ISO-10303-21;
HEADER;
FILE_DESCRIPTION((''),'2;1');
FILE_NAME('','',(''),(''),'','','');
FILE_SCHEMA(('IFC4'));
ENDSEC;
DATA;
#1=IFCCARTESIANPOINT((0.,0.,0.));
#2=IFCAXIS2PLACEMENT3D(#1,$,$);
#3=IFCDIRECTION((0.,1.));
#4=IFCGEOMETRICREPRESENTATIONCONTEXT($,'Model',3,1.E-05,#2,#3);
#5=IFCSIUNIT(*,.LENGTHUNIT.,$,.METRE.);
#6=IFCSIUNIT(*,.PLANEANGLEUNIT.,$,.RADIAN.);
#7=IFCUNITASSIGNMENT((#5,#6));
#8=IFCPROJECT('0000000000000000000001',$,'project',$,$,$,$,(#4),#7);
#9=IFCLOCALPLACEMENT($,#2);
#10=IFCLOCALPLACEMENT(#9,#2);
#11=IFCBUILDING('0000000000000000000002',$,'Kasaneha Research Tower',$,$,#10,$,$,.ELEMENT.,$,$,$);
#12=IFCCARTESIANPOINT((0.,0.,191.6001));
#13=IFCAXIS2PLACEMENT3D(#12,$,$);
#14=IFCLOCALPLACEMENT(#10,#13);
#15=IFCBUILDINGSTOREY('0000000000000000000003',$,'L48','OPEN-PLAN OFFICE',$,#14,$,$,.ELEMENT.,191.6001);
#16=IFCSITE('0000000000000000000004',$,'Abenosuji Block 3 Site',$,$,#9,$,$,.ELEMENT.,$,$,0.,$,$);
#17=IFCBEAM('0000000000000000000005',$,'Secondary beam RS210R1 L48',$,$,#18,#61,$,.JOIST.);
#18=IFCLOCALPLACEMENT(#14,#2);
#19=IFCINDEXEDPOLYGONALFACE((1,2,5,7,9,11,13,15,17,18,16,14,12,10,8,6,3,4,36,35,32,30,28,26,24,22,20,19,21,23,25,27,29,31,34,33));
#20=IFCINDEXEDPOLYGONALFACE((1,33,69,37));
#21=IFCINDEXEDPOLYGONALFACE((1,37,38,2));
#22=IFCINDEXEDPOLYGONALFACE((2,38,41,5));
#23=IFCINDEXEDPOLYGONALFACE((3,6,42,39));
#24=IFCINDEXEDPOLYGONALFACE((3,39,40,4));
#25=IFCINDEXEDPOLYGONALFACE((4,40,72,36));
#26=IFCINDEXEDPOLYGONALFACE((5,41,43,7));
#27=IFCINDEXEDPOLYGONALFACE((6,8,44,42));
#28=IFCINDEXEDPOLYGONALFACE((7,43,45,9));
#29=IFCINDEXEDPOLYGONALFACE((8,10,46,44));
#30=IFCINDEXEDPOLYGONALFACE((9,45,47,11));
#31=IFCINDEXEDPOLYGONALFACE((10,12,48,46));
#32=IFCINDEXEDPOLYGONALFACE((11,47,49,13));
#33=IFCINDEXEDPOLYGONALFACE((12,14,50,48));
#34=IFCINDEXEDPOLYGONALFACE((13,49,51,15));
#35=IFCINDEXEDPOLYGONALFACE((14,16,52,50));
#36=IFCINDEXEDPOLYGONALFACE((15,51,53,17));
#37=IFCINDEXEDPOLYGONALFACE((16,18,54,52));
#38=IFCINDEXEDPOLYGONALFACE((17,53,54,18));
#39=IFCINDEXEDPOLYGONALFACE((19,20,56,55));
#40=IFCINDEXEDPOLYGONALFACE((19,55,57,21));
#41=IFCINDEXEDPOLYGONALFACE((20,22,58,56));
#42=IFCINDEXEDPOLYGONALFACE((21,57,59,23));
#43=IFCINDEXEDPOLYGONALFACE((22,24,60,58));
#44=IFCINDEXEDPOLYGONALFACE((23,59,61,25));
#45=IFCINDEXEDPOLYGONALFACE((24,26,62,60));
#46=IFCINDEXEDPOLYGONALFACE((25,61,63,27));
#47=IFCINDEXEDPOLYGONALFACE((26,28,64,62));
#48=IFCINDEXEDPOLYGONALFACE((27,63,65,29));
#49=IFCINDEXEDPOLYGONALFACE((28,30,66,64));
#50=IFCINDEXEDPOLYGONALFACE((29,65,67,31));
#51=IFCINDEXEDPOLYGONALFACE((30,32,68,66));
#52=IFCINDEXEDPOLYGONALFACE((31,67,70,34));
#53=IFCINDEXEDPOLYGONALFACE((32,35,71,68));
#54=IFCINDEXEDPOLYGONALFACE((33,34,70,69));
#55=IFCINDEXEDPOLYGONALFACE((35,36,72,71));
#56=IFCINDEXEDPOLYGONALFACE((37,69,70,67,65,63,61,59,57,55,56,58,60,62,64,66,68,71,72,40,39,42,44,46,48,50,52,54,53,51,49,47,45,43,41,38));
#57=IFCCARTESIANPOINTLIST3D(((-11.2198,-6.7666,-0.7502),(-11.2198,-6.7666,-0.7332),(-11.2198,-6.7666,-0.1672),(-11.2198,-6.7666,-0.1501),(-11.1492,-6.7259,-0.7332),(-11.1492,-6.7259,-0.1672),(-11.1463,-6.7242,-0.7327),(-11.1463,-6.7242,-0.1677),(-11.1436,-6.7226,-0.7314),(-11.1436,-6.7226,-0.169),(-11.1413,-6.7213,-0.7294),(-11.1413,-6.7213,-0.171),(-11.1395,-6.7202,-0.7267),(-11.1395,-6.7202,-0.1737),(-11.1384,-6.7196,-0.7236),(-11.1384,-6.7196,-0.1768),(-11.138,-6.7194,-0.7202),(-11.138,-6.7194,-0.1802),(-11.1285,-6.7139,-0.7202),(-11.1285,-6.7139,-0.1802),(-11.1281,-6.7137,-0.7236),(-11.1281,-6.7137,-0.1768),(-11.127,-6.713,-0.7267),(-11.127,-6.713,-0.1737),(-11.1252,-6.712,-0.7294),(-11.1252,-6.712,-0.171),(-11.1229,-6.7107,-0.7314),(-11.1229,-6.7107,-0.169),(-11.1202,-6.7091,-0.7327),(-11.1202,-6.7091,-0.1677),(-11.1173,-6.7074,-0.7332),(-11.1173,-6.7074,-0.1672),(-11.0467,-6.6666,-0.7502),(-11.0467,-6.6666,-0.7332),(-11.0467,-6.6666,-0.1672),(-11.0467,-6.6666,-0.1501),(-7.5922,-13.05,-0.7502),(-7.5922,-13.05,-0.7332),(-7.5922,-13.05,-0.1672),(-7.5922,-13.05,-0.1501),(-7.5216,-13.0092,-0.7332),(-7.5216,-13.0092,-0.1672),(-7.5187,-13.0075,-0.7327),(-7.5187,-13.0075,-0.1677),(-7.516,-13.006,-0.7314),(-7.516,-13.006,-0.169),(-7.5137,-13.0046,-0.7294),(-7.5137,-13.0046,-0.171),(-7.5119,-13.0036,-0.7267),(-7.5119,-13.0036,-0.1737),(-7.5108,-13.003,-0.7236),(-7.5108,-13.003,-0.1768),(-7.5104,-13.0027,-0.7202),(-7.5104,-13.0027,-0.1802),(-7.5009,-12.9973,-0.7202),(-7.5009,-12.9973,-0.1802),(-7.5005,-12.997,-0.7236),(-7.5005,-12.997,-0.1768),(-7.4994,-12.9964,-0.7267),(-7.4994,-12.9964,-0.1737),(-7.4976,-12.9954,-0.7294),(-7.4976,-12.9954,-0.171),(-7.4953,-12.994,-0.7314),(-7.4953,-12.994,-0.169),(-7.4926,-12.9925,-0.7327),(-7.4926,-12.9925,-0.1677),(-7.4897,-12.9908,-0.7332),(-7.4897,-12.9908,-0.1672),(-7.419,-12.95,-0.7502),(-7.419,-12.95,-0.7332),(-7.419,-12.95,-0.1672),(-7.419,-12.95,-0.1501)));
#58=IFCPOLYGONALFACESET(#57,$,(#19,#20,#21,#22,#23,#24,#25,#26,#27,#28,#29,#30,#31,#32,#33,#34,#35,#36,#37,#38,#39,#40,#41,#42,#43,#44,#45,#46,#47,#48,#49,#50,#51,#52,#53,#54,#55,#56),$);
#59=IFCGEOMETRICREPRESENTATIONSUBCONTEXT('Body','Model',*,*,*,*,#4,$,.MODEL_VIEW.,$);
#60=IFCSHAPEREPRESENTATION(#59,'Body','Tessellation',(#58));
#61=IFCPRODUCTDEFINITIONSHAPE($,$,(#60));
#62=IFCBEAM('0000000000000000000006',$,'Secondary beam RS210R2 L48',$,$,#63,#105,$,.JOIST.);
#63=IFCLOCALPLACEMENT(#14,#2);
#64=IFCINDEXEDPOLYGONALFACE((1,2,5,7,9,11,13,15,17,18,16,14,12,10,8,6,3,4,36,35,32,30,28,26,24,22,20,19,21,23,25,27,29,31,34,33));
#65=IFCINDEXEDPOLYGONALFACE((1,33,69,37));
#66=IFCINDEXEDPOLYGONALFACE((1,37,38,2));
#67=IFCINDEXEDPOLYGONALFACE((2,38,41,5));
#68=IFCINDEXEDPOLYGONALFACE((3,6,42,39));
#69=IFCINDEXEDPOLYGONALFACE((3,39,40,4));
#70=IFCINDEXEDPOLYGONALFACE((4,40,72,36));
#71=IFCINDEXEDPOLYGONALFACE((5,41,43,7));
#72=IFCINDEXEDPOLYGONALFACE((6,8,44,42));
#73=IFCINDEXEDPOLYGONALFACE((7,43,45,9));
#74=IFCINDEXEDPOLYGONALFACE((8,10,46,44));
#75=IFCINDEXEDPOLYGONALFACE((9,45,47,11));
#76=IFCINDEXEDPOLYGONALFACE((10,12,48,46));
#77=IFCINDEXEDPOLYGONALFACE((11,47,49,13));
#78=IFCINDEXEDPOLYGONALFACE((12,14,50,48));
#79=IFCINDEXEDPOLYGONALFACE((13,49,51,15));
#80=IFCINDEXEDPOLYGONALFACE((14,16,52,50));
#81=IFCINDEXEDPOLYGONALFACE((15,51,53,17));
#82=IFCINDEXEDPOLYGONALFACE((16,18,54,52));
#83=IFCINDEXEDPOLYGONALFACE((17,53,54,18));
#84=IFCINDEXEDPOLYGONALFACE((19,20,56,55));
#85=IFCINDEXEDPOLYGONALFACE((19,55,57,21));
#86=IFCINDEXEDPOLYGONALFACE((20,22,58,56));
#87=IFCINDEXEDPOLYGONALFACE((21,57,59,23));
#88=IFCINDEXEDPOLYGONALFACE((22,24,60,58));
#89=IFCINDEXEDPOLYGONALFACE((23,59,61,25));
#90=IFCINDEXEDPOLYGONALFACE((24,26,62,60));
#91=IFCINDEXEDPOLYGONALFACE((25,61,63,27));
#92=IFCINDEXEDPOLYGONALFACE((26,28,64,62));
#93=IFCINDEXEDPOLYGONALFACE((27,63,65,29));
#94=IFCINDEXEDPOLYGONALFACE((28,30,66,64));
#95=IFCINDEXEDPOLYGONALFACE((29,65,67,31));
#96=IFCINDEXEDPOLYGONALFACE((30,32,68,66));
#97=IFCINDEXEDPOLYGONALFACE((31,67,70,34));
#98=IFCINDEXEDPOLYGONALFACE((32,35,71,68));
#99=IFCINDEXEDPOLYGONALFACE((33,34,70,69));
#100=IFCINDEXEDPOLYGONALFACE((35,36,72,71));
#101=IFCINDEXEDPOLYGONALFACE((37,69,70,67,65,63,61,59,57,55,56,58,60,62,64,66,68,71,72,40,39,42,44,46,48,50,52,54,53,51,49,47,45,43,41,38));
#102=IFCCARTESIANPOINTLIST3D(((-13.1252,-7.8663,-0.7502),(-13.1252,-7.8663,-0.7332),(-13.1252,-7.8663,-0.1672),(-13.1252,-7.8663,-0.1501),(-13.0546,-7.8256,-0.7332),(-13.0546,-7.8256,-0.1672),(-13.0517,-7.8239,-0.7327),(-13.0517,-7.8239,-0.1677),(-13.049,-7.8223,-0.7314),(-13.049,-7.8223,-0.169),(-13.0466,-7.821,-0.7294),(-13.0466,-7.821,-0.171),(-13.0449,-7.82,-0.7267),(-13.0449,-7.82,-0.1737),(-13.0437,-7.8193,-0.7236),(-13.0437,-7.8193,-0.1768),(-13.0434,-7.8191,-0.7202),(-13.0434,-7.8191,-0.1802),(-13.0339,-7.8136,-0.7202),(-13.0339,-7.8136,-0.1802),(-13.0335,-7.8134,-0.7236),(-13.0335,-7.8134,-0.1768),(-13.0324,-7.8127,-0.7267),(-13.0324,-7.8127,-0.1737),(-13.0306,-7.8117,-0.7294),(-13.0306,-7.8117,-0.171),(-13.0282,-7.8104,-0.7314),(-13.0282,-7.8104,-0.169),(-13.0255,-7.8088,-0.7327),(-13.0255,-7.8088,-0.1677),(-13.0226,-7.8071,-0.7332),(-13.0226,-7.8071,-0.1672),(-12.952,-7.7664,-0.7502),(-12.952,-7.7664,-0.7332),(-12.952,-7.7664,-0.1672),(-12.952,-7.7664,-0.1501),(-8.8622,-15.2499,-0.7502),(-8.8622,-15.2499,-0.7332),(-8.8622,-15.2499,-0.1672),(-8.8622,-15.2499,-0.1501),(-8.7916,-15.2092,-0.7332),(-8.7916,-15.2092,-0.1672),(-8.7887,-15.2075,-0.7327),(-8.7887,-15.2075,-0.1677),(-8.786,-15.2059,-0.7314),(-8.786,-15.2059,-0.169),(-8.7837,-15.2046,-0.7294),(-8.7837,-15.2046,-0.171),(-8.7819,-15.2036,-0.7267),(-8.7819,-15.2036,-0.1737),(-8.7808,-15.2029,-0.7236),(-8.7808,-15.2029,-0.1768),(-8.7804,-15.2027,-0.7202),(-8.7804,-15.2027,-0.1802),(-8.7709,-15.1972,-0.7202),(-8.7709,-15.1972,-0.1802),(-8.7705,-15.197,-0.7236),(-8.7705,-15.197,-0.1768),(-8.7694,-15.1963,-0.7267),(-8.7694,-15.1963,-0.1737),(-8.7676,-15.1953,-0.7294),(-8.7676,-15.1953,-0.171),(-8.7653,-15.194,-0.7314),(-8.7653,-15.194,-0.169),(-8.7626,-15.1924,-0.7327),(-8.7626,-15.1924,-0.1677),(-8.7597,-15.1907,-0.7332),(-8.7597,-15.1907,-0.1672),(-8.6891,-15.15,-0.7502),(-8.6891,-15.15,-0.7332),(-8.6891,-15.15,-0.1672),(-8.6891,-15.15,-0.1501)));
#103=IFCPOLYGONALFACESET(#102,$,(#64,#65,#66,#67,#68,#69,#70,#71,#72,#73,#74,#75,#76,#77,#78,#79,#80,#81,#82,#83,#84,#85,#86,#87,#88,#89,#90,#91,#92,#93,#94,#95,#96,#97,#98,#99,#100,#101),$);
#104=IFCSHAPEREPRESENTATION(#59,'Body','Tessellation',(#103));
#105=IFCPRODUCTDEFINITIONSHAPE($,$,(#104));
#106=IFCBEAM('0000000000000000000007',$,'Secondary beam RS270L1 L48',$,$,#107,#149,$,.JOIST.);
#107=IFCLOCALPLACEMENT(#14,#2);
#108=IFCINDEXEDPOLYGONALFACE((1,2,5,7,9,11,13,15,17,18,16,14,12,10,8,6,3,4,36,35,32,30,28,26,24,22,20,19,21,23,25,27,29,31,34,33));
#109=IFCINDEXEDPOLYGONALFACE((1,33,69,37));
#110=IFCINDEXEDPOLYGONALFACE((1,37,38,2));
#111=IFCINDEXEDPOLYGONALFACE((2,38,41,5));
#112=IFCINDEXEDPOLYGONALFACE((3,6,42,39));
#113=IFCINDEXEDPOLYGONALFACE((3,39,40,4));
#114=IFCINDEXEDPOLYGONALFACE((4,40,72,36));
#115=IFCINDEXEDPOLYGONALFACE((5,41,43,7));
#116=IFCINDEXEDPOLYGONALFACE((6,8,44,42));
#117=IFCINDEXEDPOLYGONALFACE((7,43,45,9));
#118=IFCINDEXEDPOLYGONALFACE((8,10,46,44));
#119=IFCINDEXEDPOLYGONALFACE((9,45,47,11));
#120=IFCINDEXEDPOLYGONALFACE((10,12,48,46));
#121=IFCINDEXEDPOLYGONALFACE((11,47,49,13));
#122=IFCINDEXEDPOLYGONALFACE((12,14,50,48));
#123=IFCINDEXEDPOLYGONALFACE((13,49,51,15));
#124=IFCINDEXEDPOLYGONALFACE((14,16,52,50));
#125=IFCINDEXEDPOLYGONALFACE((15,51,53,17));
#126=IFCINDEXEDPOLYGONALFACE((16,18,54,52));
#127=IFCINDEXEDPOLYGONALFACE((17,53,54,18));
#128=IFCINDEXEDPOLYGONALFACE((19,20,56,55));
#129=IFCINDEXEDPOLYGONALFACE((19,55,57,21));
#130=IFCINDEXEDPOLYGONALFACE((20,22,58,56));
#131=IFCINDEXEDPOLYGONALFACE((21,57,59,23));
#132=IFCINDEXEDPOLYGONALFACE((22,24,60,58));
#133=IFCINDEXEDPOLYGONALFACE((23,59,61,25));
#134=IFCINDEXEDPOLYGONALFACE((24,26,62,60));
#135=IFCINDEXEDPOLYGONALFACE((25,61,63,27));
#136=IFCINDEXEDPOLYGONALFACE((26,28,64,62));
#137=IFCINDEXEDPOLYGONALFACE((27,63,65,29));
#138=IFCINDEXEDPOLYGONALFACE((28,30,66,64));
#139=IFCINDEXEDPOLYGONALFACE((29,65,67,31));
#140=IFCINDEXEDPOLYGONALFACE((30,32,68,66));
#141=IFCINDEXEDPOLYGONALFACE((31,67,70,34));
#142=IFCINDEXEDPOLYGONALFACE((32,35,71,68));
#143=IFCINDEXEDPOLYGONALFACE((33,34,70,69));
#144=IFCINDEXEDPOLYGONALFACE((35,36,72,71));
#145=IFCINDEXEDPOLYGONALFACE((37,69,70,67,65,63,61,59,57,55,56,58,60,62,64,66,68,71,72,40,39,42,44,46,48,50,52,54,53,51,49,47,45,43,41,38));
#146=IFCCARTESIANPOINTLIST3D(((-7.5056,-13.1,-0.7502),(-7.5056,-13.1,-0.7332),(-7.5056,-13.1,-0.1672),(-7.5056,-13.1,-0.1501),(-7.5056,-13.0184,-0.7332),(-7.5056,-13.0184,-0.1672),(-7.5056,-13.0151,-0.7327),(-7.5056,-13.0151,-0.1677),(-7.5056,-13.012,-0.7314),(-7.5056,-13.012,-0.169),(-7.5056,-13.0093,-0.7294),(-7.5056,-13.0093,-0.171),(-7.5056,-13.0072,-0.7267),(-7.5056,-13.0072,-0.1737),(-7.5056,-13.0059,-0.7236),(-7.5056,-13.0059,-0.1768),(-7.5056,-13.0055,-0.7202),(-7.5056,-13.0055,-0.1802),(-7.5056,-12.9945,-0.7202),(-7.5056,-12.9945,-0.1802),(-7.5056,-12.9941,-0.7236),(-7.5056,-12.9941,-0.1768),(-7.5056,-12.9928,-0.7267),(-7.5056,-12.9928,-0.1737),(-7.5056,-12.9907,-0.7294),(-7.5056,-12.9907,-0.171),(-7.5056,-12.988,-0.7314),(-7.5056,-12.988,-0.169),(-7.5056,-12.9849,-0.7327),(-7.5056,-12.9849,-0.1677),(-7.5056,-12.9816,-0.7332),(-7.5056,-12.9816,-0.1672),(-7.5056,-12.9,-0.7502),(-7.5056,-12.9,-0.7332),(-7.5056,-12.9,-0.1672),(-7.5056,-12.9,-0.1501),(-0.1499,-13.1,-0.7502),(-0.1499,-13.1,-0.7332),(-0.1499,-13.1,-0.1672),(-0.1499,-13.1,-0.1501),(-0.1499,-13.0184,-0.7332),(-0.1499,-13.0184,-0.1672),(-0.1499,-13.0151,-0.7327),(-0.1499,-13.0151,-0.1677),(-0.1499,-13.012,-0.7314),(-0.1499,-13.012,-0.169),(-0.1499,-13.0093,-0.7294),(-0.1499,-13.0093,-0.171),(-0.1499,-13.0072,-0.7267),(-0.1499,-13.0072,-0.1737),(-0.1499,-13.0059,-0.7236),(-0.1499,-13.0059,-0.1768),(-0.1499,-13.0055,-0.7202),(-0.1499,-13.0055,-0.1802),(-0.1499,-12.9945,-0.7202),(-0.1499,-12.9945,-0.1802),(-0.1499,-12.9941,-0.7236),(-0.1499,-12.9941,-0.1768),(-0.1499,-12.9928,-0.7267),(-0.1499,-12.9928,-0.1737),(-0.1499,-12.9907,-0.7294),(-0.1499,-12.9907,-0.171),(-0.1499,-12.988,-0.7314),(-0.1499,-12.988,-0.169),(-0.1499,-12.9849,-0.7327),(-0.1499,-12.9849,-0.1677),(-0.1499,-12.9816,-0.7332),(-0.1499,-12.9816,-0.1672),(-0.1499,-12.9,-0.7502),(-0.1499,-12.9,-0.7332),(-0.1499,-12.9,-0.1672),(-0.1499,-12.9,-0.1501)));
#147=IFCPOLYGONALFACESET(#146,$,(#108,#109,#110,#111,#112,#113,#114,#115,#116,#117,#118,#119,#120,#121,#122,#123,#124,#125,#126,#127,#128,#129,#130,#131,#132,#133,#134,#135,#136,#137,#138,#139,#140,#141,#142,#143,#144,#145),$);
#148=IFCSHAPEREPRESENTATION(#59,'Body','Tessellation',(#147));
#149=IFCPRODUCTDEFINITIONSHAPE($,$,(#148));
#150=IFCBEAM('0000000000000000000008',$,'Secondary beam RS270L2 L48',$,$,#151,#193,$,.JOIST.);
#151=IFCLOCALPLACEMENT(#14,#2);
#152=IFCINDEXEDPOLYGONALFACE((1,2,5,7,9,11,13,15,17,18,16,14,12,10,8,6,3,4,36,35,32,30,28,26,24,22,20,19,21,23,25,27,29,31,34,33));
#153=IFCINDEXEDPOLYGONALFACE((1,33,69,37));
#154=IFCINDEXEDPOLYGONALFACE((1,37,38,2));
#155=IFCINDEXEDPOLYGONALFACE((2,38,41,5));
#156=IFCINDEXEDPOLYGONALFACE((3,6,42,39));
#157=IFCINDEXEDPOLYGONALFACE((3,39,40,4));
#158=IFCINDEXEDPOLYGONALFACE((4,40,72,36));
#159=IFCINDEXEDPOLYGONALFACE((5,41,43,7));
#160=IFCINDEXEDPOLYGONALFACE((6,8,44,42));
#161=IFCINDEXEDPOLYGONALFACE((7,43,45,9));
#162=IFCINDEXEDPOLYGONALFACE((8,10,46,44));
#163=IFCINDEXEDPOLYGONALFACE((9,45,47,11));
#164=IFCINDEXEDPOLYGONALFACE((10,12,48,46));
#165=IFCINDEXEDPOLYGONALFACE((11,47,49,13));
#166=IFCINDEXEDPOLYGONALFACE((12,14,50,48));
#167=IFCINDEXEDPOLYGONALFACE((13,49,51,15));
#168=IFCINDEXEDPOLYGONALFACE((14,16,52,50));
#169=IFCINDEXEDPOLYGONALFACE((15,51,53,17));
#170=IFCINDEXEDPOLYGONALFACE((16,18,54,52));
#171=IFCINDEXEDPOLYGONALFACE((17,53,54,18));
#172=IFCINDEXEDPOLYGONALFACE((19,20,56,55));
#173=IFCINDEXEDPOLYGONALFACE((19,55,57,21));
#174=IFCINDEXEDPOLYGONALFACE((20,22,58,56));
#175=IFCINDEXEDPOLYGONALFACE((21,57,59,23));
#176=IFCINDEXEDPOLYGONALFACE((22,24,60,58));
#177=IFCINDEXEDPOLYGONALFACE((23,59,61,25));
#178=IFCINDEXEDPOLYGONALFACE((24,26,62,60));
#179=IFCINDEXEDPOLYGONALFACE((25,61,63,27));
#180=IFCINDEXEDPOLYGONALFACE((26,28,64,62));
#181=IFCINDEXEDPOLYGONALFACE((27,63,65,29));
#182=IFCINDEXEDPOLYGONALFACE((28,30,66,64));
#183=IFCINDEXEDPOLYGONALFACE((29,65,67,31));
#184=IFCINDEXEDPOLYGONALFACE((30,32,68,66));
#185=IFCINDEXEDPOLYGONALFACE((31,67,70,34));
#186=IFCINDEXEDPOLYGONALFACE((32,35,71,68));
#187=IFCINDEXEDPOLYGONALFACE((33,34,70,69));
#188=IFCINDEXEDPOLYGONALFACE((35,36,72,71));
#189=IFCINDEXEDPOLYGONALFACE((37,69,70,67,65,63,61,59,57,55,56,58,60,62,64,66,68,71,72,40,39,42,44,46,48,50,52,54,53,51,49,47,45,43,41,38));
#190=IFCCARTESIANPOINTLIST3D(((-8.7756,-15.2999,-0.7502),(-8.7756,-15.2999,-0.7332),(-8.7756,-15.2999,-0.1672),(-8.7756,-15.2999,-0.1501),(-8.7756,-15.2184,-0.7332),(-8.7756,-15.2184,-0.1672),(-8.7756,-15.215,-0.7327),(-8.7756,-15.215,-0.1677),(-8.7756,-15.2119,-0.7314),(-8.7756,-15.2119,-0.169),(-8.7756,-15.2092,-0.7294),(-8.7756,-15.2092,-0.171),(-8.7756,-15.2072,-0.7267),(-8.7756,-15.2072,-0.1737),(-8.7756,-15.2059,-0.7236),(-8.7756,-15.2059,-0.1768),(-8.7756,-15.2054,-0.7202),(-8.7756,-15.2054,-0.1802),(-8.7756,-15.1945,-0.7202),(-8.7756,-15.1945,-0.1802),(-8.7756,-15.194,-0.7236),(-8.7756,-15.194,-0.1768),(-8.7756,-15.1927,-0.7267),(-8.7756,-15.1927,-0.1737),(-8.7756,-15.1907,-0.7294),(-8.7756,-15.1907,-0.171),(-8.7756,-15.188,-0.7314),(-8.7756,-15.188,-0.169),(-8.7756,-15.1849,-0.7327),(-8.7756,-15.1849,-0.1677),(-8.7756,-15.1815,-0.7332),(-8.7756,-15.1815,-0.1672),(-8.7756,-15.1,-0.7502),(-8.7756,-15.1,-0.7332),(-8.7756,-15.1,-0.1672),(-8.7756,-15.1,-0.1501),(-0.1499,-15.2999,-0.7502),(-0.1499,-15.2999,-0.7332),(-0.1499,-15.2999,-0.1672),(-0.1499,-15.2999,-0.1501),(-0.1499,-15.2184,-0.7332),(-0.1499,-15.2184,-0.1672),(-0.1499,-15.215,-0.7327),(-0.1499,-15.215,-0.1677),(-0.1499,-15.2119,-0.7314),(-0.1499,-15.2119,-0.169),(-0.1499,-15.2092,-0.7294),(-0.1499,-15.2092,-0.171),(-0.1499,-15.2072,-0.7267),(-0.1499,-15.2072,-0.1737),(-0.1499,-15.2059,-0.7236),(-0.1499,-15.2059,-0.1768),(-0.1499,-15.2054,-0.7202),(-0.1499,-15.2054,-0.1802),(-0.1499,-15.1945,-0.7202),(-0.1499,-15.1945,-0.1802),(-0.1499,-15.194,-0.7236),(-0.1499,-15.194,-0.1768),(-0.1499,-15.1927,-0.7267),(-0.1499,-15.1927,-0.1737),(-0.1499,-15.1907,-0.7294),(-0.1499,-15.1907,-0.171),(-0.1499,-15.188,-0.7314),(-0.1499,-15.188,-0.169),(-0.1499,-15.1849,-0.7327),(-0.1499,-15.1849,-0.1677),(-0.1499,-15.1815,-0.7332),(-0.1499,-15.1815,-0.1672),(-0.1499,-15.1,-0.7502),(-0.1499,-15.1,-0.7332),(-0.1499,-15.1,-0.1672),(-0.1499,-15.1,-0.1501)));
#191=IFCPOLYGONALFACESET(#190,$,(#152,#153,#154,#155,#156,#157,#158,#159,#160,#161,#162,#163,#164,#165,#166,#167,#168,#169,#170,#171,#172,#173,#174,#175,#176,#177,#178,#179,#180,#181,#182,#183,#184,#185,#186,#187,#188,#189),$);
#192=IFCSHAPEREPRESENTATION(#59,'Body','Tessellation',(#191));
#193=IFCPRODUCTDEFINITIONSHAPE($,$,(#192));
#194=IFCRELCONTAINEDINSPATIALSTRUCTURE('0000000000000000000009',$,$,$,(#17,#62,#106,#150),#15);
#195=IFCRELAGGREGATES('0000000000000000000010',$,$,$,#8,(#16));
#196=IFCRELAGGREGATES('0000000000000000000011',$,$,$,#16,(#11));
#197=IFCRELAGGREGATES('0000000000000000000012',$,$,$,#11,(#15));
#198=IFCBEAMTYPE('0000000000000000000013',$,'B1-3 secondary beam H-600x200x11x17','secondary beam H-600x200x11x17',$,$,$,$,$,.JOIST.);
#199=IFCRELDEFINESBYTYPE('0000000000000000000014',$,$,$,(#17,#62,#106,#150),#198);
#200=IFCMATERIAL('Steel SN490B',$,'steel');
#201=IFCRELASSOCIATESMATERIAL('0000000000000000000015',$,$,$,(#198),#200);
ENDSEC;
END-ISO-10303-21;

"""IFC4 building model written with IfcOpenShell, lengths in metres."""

from ifc_helpers import new_model, si_unit, direction, frame, origin, origin_2d, place, context, subcontext, project, spatial, i_section, extrude, material, material_profile, profile_set, type_object, element, save


model = new_model("IFC4")

# Units and contexts
model_context = context("Model", 3, precision=1e-05, world=origin(), true_north=direction((0.0, 1.0)))
body_context = subcontext(model_context, "Body", "Model", "MODEL_VIEW")
ifc_project = project(units=[si_unit("LENGTHUNIT", "METRE"), si_unit("PLANEANGLEUNIT", "RADIAN")], contexts=[model_context])

# Site, building, storey
site_placement = place(None, origin())
site = spatial("IfcSite", under=ifc_project, at=site_placement, Name="Abenosuji Block 3 Site", CompositionType="ELEMENT", RefElevation=0.0)
building_placement = place(site_placement, origin())
building = spatial("IfcBuilding", under=site, at=building_placement, Name="Kasaneha Research Tower", CompositionType="ELEMENT")
storey_placement = place(building_placement, frame((0.0, 0.0, 191.6001)))
storey = spatial("IfcBuildingStorey", under=building, at=storey_placement, Name="L48", Description="OPEN-PLAN OFFICE", CompositionType="ELEMENT", Elevation=191.6001)

# Beams
ifc_material_1 = material(Name="Steel SN490B", Category="steel")
ifc_material_profile_1 = material_profile(ifc_material_1, i_section(OverallWidth=0.2, OverallDepth=0.6001, WebThickness=0.011, FlangeThickness=0.0171, FilletRadius=0.0129, at=origin_2d()), Name="H-600x200x11x17")
ifc_profile_set_1 = profile_set([ifc_material_profile_1], Name="Steel SN490B")
beam_type_1 = type_object("IfcBeamType", Name="B1-3 secondary beam H-600x200x11x17", Description="secondary beam H-600x200x11x17", PredefinedType="JOIST", material=ifc_profile_set_1)
beam_1_placement = place(storey_placement, frame((-7.5056, -13.0, -0.4502), z_axis=(-0.499993, 0.866029, 0.0), x_axis=(-0.866029, -0.499993, 0.0)))
element("IfcBeam", 1, at=beam_1_placement, inside=storey, type_object=beam_type_1, Name="Secondary beam RS210R1 L48", PredefinedType="JOIST", context=body_context, shape_type="SweptSolid", body=[
    extrude(i_section(OverallWidth=0.2, OverallDepth=0.6001, WebThickness=0.011, FlangeThickness=0.0171, FilletRadius=0.0129, at=origin_2d()), origin(), (0.0, 0.0, 1.0), 7.2554),
])
beam_2_placement = place(storey_placement, frame((-8.7756, -15.2, -0.4502), z_axis=(-0.500004, 0.866023, 0.0), x_axis=(-0.866023, -0.500004, 0.0)))
element("IfcBeam", 2, at=beam_2_placement, inside=storey, type_object=beam_type_1, Name="Secondary beam RS210R2 L48", PredefinedType="JOIST", context=body_context, shape_type="SweptSolid", body=[
    extrude(i_section(OverallWidth=0.2, OverallDepth=0.6001, WebThickness=0.011, FlangeThickness=0.0171, FilletRadius=0.0129, at=origin_2d()), origin(), (0.0, 0.0, 1.0), 8.5259),
])
beam_3_placement = place(storey_placement, frame((-7.5056, -13.0, -0.4502), z_axis=(1.0, 0.0, 0.0), x_axis=(0.0, 1.0, 0.0)))
element("IfcBeam", 3, at=beam_3_placement, inside=storey, type_object=beam_type_1, Name="Secondary beam RS270L1 L48", PredefinedType="JOIST", context=body_context, shape_type="SweptSolid", body=[
    extrude(i_section(OverallWidth=0.2, OverallDepth=0.6001, WebThickness=0.011, FlangeThickness=0.0171, FilletRadius=0.0129, at=origin_2d()), origin(), (0.0, 0.0, 1.0), 7.3557),
])
beam_4_placement = place(storey_placement, frame((-8.7756, -15.2, -0.4502), z_axis=(1.0, 0.0, 0.0), x_axis=(0.0, 1.0, 0.0)))
element("IfcBeam", 4, at=beam_4_placement, inside=storey, type_object=beam_type_1, Name="Secondary beam RS270L2 L48", PredefinedType="JOIST", context=body_context, shape_type="SweptSolid", body=[
    extrude(i_section(OverallWidth=0.2, OverallDepth=0.6001, WebThickness=0.011, FlangeThickness=0.0171, FilletRadius=0.0129, at=origin_2d()), origin(), (0.0, 0.0, 1.0), 8.6257),
])

save(model, "model.ifc")
